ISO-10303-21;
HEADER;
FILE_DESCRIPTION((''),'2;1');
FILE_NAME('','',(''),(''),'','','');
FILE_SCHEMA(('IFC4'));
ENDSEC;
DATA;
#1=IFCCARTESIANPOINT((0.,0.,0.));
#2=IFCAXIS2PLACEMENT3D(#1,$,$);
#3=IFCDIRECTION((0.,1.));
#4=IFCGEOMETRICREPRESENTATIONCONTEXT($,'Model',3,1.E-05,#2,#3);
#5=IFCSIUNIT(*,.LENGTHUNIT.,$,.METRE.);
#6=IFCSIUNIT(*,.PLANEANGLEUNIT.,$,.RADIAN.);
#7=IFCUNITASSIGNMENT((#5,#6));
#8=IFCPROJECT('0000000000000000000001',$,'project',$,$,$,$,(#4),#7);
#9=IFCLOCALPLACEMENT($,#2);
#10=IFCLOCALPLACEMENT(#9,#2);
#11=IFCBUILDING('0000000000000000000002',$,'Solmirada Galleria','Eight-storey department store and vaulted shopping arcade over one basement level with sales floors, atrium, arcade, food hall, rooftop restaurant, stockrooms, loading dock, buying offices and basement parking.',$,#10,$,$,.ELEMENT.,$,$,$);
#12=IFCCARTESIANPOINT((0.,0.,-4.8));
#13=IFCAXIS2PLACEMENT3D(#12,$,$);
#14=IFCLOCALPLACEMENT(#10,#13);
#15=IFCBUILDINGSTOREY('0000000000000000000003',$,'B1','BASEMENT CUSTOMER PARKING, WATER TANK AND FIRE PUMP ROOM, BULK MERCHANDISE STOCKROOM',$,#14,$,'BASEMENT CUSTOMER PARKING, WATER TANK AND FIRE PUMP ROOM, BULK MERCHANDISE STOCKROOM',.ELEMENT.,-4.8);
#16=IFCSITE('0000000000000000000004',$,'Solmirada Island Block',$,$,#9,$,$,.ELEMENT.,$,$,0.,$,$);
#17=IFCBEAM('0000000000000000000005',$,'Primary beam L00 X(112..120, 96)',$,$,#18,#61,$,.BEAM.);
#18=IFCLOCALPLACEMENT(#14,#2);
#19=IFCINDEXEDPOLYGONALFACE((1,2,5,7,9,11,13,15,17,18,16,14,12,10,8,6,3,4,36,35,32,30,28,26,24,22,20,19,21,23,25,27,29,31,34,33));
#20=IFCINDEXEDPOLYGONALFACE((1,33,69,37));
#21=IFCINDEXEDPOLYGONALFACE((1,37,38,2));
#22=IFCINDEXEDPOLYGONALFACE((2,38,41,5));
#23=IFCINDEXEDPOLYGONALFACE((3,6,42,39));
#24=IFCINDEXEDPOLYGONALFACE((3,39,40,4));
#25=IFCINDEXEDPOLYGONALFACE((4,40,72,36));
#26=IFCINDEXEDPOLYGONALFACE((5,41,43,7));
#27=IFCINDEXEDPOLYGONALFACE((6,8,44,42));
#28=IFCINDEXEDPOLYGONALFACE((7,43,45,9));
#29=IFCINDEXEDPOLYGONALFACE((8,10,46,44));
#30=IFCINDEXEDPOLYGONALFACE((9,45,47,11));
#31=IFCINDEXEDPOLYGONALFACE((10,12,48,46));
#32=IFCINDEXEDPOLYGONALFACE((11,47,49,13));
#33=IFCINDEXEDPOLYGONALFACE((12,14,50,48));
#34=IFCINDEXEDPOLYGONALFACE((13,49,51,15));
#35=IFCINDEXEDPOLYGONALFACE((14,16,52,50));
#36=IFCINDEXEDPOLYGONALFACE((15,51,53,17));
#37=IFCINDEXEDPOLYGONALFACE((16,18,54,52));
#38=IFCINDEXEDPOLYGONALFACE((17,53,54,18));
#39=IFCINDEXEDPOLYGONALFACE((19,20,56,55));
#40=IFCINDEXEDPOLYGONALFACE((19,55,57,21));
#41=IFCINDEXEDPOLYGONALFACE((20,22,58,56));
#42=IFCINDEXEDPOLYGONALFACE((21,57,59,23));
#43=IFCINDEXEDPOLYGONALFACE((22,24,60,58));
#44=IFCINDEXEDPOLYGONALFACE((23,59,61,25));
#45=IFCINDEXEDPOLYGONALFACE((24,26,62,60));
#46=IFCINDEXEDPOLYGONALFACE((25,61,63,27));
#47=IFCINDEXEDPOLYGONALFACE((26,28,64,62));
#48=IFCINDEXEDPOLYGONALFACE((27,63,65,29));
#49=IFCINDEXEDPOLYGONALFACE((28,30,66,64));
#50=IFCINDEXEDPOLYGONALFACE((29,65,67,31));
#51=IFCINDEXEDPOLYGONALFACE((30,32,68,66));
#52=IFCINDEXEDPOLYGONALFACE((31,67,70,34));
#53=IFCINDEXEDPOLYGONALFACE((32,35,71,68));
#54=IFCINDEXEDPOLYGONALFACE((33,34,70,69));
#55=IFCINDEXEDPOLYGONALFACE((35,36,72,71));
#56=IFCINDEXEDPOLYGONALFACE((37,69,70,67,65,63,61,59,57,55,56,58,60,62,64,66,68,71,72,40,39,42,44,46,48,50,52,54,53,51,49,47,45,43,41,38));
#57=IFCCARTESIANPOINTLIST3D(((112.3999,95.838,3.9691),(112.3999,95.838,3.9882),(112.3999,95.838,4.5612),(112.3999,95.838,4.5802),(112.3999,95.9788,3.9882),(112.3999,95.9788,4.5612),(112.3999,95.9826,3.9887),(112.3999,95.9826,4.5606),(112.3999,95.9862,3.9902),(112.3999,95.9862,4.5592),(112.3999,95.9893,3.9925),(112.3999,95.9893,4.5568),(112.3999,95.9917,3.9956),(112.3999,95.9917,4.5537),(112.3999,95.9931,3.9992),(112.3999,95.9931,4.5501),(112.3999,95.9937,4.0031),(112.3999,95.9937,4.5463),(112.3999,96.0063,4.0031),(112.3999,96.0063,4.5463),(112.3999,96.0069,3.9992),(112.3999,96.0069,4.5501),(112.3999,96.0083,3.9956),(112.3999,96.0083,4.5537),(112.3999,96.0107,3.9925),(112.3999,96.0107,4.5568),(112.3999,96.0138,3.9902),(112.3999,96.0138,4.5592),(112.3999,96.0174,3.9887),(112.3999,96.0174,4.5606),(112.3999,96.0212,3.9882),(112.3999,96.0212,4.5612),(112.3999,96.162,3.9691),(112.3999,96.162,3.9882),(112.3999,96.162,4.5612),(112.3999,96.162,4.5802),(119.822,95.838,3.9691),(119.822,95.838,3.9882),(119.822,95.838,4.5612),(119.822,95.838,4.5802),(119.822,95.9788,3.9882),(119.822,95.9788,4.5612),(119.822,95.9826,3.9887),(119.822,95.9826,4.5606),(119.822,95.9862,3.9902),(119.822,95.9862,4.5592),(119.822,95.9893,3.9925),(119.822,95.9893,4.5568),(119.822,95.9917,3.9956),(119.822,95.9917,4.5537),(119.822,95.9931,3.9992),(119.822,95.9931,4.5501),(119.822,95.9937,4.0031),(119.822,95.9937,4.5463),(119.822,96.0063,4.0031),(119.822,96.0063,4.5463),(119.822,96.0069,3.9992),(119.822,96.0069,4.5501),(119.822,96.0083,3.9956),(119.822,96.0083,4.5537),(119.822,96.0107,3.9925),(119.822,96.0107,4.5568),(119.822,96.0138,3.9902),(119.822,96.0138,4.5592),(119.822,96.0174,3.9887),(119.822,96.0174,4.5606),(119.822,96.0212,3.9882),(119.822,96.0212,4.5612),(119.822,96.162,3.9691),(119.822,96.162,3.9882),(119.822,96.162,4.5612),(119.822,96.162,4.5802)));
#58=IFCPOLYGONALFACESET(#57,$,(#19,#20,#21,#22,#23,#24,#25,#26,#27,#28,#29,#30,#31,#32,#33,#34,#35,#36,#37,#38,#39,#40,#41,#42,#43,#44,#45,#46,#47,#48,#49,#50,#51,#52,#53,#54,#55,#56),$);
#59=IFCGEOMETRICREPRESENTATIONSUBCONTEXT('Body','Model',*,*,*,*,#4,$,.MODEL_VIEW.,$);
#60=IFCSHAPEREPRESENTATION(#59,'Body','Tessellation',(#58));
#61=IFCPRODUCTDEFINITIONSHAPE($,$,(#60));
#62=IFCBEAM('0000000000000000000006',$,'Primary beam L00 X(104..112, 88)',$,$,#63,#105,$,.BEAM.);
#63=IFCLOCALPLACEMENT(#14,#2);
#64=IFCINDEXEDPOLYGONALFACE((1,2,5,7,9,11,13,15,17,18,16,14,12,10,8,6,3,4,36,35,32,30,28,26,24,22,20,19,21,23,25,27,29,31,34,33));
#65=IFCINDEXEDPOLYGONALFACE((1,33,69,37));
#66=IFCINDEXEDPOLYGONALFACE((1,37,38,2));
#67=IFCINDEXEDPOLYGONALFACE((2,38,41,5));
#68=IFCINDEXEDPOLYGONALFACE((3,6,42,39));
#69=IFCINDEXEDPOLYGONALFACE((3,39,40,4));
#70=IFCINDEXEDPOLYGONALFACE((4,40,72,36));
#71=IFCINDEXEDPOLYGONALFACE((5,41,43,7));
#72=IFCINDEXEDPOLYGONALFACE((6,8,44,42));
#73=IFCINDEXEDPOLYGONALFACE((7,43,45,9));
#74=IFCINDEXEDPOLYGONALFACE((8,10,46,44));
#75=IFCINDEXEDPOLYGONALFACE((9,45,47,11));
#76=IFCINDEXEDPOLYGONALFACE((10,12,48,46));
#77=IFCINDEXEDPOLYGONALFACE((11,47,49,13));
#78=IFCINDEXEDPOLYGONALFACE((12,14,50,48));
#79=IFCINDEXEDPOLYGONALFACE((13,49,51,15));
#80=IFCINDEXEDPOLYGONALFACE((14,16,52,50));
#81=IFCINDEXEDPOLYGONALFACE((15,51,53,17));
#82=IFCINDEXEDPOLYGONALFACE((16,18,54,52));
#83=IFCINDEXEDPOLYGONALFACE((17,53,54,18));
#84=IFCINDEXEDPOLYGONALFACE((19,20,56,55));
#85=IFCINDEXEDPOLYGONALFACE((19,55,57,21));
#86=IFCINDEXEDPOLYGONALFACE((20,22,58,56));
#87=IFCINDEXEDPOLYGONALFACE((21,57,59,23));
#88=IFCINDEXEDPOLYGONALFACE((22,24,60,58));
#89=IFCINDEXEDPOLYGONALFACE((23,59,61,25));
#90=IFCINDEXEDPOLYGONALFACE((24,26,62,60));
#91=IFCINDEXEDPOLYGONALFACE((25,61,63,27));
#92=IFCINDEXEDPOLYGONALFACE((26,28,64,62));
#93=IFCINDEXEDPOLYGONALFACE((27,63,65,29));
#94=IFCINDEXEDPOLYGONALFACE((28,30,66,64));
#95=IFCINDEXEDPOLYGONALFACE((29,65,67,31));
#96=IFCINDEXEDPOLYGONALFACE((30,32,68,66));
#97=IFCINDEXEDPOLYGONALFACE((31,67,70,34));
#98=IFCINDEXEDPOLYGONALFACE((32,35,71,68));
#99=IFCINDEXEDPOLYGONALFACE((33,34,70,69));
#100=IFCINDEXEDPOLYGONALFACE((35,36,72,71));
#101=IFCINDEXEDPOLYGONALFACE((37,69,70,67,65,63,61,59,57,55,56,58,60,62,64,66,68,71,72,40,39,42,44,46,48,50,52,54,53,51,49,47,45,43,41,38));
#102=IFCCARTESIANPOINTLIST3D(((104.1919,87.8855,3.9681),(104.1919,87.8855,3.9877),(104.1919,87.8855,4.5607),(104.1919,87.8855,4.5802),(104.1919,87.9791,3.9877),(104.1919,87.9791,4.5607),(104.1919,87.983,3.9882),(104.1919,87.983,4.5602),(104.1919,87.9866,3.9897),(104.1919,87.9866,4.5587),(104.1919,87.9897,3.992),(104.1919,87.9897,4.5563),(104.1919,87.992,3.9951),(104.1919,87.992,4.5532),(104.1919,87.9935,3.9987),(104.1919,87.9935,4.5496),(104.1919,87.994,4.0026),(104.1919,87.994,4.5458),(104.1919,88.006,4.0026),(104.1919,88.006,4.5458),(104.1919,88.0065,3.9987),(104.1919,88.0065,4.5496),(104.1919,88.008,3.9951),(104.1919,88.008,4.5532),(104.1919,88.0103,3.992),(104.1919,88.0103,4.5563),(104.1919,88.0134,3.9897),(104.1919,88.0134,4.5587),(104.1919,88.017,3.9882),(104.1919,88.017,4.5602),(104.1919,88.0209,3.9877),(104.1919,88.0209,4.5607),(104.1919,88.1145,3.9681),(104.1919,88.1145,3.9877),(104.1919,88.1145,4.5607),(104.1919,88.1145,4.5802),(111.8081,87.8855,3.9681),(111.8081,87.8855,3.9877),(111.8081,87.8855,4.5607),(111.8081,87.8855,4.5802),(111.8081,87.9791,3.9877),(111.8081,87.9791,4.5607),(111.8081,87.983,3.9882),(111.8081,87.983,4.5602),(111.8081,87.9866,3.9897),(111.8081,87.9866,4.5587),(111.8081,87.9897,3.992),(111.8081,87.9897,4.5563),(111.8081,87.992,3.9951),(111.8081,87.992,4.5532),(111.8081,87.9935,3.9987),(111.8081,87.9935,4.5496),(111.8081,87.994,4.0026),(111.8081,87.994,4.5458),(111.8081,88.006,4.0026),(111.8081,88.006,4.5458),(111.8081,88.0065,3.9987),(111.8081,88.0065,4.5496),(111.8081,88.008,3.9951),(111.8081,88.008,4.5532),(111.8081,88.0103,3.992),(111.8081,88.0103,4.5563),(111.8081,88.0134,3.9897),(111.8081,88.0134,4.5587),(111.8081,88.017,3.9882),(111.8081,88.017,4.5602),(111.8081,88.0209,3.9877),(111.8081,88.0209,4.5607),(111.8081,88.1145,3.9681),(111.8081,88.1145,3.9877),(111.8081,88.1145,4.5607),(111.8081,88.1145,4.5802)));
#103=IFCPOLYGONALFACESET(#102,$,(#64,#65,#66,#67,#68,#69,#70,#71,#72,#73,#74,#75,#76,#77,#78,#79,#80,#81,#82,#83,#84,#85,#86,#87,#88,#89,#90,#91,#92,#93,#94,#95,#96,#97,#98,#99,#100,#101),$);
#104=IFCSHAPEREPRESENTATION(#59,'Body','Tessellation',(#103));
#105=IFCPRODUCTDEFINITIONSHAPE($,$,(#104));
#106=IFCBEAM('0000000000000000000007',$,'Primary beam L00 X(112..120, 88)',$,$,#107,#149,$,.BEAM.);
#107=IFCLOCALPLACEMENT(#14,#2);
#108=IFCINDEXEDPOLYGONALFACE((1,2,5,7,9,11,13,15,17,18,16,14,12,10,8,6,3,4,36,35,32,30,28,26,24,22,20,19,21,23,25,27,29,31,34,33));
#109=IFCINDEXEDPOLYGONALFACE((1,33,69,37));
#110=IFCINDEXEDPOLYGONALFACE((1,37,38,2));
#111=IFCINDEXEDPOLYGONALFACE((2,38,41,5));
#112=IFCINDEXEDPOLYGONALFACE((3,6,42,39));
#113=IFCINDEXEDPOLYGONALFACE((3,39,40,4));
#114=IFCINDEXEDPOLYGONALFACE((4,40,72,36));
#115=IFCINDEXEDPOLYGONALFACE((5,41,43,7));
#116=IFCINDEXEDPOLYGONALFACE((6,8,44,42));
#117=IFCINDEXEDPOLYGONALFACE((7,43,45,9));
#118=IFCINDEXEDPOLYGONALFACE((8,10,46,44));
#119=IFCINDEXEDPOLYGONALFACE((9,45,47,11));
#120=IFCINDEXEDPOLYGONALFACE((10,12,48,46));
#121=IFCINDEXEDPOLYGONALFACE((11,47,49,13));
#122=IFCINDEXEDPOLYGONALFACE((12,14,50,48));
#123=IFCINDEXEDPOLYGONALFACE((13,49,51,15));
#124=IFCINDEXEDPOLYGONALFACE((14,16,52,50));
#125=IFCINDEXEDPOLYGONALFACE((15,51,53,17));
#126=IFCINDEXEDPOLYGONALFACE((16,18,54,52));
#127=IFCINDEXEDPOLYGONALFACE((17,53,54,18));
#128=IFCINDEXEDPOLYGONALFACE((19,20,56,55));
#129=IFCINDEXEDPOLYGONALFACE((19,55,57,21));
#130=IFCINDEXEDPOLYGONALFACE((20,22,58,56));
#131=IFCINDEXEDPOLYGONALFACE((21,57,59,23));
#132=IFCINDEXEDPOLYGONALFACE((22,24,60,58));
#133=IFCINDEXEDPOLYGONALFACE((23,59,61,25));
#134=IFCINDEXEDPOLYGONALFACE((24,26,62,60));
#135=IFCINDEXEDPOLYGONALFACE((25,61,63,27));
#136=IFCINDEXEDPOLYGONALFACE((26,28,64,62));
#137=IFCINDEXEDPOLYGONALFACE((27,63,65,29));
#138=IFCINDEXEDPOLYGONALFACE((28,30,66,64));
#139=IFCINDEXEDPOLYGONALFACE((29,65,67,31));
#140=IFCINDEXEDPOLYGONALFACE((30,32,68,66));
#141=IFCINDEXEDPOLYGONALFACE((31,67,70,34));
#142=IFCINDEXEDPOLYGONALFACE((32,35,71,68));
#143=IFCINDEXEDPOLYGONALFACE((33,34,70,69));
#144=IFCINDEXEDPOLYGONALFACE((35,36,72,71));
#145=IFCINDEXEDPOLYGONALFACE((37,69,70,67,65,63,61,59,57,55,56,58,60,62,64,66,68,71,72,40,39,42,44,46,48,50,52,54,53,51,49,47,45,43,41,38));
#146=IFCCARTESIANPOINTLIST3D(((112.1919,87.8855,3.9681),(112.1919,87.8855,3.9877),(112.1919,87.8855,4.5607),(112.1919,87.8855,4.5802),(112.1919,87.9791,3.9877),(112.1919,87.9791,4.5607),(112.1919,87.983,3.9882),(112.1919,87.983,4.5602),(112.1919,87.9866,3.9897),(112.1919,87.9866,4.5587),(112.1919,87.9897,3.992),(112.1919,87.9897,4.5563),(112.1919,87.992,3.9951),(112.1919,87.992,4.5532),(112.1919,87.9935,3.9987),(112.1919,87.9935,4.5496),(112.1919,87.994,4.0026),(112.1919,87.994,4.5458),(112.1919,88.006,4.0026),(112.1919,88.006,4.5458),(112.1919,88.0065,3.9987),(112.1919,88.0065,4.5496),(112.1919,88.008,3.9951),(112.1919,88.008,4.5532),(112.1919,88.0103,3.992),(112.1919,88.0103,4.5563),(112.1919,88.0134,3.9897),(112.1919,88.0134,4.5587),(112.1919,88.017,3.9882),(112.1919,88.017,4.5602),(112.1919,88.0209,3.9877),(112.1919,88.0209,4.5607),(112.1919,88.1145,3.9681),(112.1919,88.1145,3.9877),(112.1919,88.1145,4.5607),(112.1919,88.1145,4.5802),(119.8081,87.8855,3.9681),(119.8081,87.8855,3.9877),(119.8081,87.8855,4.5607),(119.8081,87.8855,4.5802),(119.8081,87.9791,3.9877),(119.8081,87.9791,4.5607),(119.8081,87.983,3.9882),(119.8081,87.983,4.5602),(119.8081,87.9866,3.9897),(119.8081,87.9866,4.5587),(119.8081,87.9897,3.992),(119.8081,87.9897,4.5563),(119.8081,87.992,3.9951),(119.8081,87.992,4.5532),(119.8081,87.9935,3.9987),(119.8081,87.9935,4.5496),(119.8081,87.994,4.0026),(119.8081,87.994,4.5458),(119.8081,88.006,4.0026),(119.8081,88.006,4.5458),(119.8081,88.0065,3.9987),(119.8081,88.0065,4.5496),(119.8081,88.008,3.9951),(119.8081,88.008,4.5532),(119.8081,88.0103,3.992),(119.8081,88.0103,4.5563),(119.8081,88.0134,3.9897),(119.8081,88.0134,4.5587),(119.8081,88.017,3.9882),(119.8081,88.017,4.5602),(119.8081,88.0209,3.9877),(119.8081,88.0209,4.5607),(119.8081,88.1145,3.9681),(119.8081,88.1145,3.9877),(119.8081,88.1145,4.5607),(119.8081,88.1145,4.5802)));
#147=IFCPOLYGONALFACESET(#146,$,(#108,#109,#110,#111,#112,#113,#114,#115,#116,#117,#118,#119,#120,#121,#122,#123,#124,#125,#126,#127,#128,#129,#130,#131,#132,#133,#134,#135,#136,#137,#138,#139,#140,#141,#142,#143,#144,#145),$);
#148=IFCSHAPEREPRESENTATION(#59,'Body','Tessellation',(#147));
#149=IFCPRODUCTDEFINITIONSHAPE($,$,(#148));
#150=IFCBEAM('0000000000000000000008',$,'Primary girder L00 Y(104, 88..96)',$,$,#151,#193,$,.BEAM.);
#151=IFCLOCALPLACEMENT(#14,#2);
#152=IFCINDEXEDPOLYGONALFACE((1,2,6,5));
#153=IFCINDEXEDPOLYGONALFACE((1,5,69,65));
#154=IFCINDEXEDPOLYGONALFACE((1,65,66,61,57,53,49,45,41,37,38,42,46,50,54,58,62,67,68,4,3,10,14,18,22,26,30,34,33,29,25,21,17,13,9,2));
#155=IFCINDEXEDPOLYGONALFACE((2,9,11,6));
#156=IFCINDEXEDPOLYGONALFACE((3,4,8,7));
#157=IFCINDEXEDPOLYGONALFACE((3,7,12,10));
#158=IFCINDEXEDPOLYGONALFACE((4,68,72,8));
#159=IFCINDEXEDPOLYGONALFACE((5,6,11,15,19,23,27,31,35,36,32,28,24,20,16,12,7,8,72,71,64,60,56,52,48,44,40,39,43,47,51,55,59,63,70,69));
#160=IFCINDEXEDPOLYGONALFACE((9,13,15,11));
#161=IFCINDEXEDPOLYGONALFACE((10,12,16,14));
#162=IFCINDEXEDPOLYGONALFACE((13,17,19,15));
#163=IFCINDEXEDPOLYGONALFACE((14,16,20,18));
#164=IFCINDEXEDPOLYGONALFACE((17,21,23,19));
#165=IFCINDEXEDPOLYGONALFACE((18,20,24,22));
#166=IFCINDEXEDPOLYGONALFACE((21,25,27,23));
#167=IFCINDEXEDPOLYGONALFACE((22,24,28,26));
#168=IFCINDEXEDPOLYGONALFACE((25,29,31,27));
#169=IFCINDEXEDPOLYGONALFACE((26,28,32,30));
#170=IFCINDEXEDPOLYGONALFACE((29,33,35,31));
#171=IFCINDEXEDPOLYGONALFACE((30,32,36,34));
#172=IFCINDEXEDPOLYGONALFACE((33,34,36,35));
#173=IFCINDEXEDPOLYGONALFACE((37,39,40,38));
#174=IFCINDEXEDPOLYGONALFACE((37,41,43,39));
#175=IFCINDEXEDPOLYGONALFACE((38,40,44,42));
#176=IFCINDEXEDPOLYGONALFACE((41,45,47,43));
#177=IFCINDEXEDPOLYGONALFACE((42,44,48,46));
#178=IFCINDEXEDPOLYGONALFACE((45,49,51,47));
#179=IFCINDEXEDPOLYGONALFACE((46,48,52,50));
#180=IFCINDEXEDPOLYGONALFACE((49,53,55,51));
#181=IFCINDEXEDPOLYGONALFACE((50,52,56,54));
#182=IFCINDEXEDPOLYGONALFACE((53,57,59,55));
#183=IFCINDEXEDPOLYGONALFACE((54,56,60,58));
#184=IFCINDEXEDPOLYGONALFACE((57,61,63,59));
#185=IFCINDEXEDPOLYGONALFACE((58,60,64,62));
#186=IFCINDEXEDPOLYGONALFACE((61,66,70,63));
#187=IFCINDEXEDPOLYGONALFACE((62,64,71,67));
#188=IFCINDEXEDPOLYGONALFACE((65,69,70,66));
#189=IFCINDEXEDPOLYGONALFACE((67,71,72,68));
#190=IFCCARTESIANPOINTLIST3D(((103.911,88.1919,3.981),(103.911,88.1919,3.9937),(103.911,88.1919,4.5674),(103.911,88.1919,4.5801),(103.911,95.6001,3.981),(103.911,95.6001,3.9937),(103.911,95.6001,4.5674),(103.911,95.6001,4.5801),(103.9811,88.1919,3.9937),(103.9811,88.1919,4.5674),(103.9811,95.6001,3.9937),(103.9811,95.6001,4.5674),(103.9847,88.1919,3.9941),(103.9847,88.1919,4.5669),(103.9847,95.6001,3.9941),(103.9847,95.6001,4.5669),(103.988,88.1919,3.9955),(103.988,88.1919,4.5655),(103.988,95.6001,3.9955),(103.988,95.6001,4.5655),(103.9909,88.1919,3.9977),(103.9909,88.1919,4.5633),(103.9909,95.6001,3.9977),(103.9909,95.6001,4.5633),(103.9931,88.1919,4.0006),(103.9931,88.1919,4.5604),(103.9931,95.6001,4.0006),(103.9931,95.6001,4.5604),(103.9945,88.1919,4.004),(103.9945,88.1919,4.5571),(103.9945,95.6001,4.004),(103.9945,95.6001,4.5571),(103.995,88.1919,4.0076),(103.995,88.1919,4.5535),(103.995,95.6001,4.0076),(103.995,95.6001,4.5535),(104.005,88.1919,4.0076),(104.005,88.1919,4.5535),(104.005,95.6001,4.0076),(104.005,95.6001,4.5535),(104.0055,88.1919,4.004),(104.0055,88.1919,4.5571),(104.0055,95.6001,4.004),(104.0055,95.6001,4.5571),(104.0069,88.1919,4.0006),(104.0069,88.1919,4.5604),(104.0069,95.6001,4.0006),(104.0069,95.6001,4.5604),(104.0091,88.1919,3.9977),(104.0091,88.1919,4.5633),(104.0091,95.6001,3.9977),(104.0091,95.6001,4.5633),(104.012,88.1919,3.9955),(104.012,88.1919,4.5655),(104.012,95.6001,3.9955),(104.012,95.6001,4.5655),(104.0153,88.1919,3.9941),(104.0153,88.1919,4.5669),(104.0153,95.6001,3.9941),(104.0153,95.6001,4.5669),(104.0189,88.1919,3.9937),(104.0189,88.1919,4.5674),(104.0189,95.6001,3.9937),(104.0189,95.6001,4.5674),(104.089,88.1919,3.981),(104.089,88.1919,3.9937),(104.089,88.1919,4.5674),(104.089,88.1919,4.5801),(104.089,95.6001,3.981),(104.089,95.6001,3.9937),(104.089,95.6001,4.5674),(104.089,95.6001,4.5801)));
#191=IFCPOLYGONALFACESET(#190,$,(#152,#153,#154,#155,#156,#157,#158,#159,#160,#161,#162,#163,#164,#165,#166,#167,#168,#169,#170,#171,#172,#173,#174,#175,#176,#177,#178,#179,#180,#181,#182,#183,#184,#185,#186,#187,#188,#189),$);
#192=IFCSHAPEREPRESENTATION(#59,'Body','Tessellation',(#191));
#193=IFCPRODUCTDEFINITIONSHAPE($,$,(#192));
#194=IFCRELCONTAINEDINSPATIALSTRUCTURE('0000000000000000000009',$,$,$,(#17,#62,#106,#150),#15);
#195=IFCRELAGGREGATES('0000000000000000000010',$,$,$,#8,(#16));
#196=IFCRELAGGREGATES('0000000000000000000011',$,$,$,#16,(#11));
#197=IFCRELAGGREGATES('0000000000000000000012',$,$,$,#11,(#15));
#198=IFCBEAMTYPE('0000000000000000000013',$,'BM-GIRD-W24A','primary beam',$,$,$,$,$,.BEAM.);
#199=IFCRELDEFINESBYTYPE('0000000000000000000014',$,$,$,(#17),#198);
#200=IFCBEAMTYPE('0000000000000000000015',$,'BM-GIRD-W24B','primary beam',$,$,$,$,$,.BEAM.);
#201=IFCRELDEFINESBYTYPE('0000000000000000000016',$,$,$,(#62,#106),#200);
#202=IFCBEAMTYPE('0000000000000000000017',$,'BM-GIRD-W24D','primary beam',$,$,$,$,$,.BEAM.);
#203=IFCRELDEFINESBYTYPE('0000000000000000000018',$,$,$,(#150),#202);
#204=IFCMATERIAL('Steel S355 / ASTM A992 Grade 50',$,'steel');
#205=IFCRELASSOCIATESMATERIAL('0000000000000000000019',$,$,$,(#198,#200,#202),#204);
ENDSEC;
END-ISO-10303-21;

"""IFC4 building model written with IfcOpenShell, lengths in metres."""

from ifc_helpers import new_model, si_unit, direction, frame, origin, origin_2d, place, context, subcontext, project, spatial, i_section, extrude, material, material_profile, profile_set, type_object, element, save


model = new_model("IFC4")

# Units and contexts
model_context = context("Model", 3, precision=1e-05, world=origin(), true_north=direction((0.0, 1.0)))
body_context = subcontext(model_context, "Body", "Model", "MODEL_VIEW")
ifc_project = project(units=[si_unit("LENGTHUNIT", "METRE"), si_unit("PLANEANGLEUNIT", "RADIAN")], contexts=[model_context])

# Site, building, storey
site_placement = place(None, origin())
site = spatial("IfcSite", under=ifc_project, at=site_placement, Name="Solmirada Island Block", CompositionType="ELEMENT", RefElevation=0.0)
building_placement = place(site_placement, origin())
building = spatial("IfcBuilding", under=site, at=building_placement, Name="Solmirada Galleria", Description="Eight-storey department store and vaulted shopping arcade over one basement level with sales floors, atrium, arcade, food hall, rooftop restaurant, stockrooms, loading dock, buying offices and basement parking.", CompositionType="ELEMENT")
storey_placement = place(building_placement, frame((0.0, 0.0, -4.8)))
storey = spatial("IfcBuildingStorey", under=building, at=storey_placement, Name="B1", Description="BASEMENT CUSTOMER PARKING, WATER TANK AND FIRE PUMP ROOM, BULK MERCHANDISE STOCKROOM", LongName="BASEMENT CUSTOMER PARKING, WATER TANK AND FIRE PUMP ROOM, BULK MERCHANDISE STOCKROOM", CompositionType="ELEMENT", Elevation=-4.8)

# Beams
ifc_material_1 = material(Name="Steel S355 / ASTM A992 Grade 50", Category="steel")
ifc_material_profile_1 = material_profile(ifc_material_1, i_section(OverallWidth=0.324, OverallDepth=0.6111, WebThickness=0.0127, FlangeThickness=0.019, FilletRadius=0.0149, at=origin_2d()), Name="W24X104")
ifc_profile_set_1 = profile_set([ifc_material_profile_1], Name="Steel S355 / ASTM A992 Grade 50")
beam_type_1 = type_object("IfcBeamType", Name="BM-GIRD-W24A", Description="primary beam", PredefinedType="BEAM", material=ifc_profile_set_1)
beam_1_placement = place(storey_placement, frame((112.3999, 96.0, 4.2747), z_axis=(1.0, 0.0, 0.0), x_axis=(0.0, 1.0, 0.0)))
element("IfcBeam", 1, at=beam_1_placement, inside=storey, type_object=beam_type_1, Name="Primary beam L00 X(112..120, 96)", PredefinedType="BEAM", context=body_context, shape_type="SweptSolid", body=[
    extrude(i_section(OverallWidth=0.324, OverallDepth=0.6111, WebThickness=0.0127, FlangeThickness=0.019, FilletRadius=0.0149, at=origin_2d()), origin(), (0.0, 0.0, 1.0), 7.4221),
])
ifc_material_profile_2 = material_profile(ifc_material_1, i_section(OverallWidth=0.229, OverallDepth=0.6121, WebThickness=0.012, FlangeThickness=0.0195, FilletRadius=0.0149, at=origin_2d()), Name="W24X84")
ifc_profile_set_2 = profile_set([ifc_material_profile_2], Name="Steel S355 / ASTM A992 Grade 50")
beam_type_2 = type_object("IfcBeamType", Name="BM-GIRD-W24B", Description="primary beam", PredefinedType="BEAM", material=ifc_profile_set_2)
for number, where, z_axis, x_axis, name in (
    (2, (104.1919, 88.0, 4.2742), (1.0, 0.0, 0.0), (0.0, 1.0, 0.0), "Primary beam L00 X(104..112, 88)"),
    (3, (112.1919, 88.0, 4.2742), (1.0, 0.0, 0.0), (0.0, 1.0, 0.0), "Primary beam L00 X(112..120, 88)"),
):
    element("IfcBeam", number, at=place(storey_placement, frame(where, z_axis=z_axis, x_axis=x_axis)), inside=storey, type_object=beam_type_2, Name=name, PredefinedType="BEAM", context=body_context, shape_type="SweptSolid", body=[
        extrude(i_section(OverallWidth=0.229, OverallDepth=0.6121, WebThickness=0.012, FlangeThickness=0.0195, FilletRadius=0.0149, at=origin_2d()), origin(), (0.0, 0.0, 1.0), 7.6162),
    ])
ifc_material_profile_3 = material_profile(ifc_material_1, i_section(OverallWidth=0.178, OverallDepth=0.5991, WebThickness=0.01, FlangeThickness=0.0127, FilletRadius=0.0139, at=origin_2d()), Name="W24X55")
ifc_profile_set_3 = profile_set([ifc_material_profile_3], Name="Steel S355 / ASTM A992 Grade 50")
beam_type_3 = type_object("IfcBeamType", Name="BM-GIRD-W24D", Description="primary beam", PredefinedType="BEAM", material=ifc_profile_set_3)
beam_2_placement = place(storey_placement, frame((104.0, 88.1919, 4.2805), z_axis=(0.0, 1.0, 0.0), x_axis=(-1.0, 0.0, 0.0)))
element("IfcBeam", 4, at=beam_2_placement, inside=storey, type_object=beam_type_3, Name="Primary girder L00 Y(104, 88..96)", PredefinedType="BEAM", context=body_context, shape_type="SweptSolid", body=[
    extrude(i_section(OverallWidth=0.178, OverallDepth=0.5991, WebThickness=0.01, FlangeThickness=0.0127, FilletRadius=0.0139, at=origin_2d()), origin(), (0.0, 0.0, 1.0), 7.4082),
])

save(model, "model.ifc")
